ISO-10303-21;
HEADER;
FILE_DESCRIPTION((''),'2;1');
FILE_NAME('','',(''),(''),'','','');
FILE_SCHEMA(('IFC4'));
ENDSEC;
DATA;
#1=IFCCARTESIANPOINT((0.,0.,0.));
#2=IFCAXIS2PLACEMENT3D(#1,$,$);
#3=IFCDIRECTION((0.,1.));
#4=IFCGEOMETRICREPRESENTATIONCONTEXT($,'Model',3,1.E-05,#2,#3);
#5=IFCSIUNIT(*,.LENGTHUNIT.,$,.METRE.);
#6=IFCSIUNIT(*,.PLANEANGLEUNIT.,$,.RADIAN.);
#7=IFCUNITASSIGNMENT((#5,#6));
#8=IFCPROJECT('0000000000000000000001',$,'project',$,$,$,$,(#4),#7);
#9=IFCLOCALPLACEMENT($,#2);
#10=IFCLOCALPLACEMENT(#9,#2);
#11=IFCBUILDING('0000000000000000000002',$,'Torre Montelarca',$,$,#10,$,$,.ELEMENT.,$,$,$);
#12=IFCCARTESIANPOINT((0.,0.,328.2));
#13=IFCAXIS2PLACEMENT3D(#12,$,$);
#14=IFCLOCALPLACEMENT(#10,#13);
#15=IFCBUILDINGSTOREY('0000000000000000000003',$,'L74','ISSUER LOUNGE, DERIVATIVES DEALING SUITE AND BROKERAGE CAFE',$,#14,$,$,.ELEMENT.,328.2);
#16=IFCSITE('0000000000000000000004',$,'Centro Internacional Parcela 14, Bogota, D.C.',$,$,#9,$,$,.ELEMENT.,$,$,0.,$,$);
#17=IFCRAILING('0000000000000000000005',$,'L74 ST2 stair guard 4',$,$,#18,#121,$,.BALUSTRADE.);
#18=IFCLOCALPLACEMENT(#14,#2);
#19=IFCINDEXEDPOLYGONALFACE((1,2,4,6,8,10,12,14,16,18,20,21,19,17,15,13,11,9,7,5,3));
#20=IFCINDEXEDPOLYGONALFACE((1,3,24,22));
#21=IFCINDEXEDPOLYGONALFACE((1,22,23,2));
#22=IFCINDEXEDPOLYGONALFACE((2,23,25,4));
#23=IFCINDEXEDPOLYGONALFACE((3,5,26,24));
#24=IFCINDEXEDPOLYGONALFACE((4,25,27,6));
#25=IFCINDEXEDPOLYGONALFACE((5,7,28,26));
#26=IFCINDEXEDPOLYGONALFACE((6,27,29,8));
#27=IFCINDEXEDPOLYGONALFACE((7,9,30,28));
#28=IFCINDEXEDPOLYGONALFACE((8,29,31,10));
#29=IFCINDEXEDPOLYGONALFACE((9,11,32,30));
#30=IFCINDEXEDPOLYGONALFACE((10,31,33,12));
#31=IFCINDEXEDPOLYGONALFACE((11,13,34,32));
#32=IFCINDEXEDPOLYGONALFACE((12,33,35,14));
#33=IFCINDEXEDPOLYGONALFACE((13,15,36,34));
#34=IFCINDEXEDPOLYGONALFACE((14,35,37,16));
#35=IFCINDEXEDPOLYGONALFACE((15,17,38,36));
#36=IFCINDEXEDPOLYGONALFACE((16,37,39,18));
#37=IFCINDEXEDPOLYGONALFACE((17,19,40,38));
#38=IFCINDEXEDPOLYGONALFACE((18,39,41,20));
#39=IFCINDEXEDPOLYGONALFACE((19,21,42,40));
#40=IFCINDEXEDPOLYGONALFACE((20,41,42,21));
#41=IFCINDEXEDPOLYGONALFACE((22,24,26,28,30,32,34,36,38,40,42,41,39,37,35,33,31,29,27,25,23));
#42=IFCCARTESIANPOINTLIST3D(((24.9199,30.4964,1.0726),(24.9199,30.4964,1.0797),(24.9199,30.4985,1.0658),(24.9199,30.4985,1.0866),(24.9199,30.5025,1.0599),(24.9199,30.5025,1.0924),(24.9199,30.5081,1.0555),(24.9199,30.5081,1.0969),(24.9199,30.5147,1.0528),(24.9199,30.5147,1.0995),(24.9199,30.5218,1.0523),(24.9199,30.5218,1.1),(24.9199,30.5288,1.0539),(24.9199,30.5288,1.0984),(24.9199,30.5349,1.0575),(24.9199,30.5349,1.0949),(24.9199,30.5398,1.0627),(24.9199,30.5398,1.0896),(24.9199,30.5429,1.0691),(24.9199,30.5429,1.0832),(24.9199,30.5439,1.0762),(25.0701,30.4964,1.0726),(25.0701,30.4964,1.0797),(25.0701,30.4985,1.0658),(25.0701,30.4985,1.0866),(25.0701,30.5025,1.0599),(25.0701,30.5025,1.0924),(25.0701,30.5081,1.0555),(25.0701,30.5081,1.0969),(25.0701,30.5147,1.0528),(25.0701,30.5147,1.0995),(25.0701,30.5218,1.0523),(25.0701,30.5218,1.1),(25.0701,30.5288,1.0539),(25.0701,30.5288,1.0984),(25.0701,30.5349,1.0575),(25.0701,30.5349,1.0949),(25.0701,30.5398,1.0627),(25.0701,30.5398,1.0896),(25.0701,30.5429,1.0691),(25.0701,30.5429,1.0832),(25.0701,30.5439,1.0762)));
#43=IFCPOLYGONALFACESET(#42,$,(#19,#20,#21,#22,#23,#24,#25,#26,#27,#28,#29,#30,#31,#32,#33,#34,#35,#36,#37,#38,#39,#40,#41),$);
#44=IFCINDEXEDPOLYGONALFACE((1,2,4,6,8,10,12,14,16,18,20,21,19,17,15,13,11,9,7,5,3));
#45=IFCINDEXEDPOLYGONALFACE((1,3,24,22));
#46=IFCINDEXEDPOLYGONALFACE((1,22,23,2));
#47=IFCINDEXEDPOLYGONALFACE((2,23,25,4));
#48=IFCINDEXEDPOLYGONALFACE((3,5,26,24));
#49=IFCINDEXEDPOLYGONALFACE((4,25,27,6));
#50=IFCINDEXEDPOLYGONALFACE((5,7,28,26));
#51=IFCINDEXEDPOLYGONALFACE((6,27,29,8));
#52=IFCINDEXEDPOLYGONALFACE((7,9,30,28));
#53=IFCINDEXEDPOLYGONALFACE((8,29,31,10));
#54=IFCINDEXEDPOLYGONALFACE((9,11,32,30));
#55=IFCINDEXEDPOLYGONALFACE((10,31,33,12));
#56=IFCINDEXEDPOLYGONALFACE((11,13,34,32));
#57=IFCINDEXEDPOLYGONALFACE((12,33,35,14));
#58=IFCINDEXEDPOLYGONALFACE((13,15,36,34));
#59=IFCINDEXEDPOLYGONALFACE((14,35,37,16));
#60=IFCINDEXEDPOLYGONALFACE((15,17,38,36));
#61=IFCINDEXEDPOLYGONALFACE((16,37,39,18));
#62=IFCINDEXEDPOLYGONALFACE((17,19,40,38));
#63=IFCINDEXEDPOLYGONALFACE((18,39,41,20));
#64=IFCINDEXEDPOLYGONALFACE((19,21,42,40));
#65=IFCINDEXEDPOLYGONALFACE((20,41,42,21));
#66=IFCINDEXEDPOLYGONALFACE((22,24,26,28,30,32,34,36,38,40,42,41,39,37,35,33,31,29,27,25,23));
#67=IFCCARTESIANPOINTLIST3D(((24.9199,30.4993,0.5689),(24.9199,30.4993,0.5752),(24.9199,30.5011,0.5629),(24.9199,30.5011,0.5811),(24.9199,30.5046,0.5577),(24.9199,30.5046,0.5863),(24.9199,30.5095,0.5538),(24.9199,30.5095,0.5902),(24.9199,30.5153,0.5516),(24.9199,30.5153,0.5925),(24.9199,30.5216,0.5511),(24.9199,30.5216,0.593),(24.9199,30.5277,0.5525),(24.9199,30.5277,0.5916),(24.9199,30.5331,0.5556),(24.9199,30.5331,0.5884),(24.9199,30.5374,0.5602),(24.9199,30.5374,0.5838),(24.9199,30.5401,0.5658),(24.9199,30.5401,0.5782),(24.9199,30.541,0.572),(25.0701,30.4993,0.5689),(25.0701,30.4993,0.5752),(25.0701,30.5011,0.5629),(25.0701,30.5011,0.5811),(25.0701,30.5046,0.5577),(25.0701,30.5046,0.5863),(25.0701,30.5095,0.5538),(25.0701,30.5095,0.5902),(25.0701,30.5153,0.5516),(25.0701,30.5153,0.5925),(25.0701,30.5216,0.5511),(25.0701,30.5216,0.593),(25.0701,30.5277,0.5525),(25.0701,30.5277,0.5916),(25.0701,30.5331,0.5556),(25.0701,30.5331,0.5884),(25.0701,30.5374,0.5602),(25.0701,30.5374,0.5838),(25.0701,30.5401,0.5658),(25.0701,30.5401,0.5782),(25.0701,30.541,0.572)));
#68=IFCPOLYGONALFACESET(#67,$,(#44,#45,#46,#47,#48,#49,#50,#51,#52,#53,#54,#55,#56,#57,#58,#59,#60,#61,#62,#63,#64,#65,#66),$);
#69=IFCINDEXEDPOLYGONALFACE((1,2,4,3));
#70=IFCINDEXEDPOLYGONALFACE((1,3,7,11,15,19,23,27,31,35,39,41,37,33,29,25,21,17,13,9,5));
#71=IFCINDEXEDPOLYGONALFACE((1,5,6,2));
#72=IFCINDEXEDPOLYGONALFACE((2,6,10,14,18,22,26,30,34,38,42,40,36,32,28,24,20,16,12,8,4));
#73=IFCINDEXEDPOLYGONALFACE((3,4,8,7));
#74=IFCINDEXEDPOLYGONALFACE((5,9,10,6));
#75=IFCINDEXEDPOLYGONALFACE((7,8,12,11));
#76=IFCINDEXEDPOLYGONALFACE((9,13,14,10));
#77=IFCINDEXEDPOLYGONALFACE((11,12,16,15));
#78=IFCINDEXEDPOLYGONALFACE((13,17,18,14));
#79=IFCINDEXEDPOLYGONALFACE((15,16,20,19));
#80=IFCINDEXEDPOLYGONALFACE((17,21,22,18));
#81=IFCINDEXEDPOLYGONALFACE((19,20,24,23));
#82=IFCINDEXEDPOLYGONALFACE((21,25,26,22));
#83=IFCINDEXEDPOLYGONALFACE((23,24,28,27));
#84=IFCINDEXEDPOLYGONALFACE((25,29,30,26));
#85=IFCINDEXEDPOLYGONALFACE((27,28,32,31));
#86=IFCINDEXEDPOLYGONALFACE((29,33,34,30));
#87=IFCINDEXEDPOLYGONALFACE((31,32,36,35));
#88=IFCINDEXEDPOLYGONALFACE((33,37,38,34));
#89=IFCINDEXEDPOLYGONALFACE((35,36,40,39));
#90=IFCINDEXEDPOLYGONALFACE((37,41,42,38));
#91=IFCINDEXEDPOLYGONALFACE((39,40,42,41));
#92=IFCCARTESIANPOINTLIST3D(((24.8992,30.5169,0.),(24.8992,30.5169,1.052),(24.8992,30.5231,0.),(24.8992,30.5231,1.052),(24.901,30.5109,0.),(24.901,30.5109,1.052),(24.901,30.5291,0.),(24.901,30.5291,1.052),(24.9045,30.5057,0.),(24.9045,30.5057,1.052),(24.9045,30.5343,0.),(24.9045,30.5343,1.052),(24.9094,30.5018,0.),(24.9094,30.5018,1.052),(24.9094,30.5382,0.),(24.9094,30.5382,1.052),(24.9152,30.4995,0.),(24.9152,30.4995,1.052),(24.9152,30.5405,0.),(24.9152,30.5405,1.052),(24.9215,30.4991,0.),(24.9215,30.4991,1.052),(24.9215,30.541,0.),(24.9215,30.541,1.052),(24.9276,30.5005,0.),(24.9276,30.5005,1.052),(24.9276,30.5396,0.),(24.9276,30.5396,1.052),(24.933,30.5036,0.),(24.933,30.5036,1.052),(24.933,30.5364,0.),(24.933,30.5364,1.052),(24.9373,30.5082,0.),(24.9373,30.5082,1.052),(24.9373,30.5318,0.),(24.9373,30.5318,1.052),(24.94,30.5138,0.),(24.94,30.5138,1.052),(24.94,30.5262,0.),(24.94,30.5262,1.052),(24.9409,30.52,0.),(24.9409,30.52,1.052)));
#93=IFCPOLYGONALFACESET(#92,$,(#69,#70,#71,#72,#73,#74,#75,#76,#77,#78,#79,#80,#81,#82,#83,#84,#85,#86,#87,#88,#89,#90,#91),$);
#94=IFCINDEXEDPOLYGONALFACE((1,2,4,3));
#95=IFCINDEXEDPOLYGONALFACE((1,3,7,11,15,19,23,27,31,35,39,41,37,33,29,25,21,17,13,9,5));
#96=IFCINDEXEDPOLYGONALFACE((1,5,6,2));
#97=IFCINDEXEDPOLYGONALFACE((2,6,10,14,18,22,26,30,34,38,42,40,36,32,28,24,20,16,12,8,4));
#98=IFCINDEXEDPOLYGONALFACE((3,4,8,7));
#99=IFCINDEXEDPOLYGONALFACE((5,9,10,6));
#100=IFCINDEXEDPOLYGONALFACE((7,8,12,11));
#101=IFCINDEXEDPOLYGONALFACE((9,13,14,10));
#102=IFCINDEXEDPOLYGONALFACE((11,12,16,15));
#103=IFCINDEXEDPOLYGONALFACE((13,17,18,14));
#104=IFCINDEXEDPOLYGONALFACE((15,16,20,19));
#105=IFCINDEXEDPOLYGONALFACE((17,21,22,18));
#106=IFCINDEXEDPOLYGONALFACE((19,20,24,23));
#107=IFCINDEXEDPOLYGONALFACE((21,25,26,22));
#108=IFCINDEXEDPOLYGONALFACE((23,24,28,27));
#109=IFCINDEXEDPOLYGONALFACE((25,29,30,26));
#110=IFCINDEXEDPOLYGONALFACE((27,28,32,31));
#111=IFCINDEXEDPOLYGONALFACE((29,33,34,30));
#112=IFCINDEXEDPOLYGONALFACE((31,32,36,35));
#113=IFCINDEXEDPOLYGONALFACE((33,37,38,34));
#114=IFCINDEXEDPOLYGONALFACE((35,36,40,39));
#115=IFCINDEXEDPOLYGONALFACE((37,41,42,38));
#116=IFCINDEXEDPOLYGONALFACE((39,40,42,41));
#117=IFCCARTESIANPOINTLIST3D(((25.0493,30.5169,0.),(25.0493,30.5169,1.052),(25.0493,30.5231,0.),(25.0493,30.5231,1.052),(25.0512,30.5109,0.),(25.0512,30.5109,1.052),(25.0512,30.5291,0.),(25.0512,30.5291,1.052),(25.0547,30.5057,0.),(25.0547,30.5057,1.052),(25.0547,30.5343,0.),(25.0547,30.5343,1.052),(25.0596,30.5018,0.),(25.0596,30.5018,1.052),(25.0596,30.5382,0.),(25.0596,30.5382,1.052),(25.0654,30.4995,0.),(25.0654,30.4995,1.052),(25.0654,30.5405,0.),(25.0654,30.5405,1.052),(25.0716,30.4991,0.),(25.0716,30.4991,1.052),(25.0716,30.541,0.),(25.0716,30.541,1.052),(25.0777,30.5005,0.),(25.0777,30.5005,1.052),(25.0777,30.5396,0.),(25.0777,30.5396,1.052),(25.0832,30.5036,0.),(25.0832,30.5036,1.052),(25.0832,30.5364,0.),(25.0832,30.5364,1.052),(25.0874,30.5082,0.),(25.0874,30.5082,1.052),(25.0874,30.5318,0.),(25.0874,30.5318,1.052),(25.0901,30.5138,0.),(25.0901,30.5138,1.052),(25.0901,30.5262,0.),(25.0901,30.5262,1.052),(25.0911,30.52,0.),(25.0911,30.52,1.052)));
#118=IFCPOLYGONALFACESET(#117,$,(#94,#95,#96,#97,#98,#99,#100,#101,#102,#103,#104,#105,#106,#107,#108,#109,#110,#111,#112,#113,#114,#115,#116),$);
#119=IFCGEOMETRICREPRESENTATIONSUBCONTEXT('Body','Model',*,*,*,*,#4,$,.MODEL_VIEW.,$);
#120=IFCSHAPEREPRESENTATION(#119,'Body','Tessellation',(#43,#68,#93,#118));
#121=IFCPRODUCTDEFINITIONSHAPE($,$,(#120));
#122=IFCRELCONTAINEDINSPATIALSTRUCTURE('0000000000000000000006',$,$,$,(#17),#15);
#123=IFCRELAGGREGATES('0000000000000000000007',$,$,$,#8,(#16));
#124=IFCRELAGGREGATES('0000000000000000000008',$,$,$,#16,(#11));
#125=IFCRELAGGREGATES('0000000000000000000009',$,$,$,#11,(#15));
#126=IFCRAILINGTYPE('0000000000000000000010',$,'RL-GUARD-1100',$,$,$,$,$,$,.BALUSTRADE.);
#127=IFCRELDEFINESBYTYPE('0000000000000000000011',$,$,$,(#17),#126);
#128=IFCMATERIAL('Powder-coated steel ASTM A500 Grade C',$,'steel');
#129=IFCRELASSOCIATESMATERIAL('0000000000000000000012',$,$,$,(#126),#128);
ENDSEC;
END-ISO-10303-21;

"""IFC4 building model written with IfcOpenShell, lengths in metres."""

from ifc_helpers import new_model, si_unit, direction, frame, origin, origin_2d, place, context, subcontext, project, spatial, circle, extrude, material, type_object, element, save


model = new_model("IFC4")

# Units and contexts
model_context = context("Model", 3, precision=1e-05, world=origin(), true_north=direction((0.0, 1.0)))
body_context = subcontext(model_context, "Body", "Model", "MODEL_VIEW")
ifc_project = project(units=[si_unit("LENGTHUNIT", "METRE"), si_unit("PLANEANGLEUNIT", "RADIAN")], contexts=[model_context])

# Site, building, storey
site_placement = place(None, origin())
site = spatial("IfcSite", under=ifc_project, at=site_placement, Name="Centro Internacional Parcela 14, Bogota, D.C.", CompositionType="ELEMENT", RefElevation=0.0)
building_placement = place(site_placement, origin())
building = spatial("IfcBuilding", under=site, at=building_placement, Name="Torre Montelarca", CompositionType="ELEMENT")
storey_placement = place(building_placement, frame((0.0, 0.0, 328.2)))
storey = spatial("IfcBuildingStorey", under=building, at=storey_placement, Name="L74", Description="ISSUER LOUNGE, DERIVATIVES DEALING SUITE AND BROKERAGE CAFE", CompositionType="ELEMENT", Elevation=328.2)

# Railing
ifc_material_1 = material(Name="Powder-coated steel ASTM A500 Grade C", Category="steel")
railing_type_1 = type_object("IfcRailingType", Name="RL-GUARD-1100", PredefinedType="BALUSTRADE", material=ifc_material_1)
railing_1_placement = place(storey_placement, frame((24.9199, 30.52, 0.0)))
element("IfcRailing", 1, at=railing_1_placement, inside=storey, type_object=railing_type_1, Name="L74 ST2 stair guard 4", PredefinedType="BALUSTRADE", context=body_context, shape_type="SweptSolid", body=[
    extrude(circle(Radius=0.0239, at=origin_2d()), frame((0.0, 0.0, 1.0762), z_axis=(1.0, 0.0, 0.0), x_axis=(0.0, 1.0, 0.0)), (0.0, 0.0, 1.0), 0.1501),
    extrude(circle(Radius=0.021, at=origin_2d()), frame((0.0, 0.0, 0.572), z_axis=(1.0, 0.0, 0.0), x_axis=(0.0, 1.0, 0.0)), (0.0, 0.0, 1.0), 0.1501),
    extrude(circle(Radius=0.021, at=origin_2d()), origin(), (0.0, 0.0, 1.0), 1.052),
    extrude(circle(Radius=0.021, at=origin_2d()), frame((0.1501, 0.0, 0.0)), (0.0, 0.0, 1.0), 1.052),
])

save(model, "model.ifc")
